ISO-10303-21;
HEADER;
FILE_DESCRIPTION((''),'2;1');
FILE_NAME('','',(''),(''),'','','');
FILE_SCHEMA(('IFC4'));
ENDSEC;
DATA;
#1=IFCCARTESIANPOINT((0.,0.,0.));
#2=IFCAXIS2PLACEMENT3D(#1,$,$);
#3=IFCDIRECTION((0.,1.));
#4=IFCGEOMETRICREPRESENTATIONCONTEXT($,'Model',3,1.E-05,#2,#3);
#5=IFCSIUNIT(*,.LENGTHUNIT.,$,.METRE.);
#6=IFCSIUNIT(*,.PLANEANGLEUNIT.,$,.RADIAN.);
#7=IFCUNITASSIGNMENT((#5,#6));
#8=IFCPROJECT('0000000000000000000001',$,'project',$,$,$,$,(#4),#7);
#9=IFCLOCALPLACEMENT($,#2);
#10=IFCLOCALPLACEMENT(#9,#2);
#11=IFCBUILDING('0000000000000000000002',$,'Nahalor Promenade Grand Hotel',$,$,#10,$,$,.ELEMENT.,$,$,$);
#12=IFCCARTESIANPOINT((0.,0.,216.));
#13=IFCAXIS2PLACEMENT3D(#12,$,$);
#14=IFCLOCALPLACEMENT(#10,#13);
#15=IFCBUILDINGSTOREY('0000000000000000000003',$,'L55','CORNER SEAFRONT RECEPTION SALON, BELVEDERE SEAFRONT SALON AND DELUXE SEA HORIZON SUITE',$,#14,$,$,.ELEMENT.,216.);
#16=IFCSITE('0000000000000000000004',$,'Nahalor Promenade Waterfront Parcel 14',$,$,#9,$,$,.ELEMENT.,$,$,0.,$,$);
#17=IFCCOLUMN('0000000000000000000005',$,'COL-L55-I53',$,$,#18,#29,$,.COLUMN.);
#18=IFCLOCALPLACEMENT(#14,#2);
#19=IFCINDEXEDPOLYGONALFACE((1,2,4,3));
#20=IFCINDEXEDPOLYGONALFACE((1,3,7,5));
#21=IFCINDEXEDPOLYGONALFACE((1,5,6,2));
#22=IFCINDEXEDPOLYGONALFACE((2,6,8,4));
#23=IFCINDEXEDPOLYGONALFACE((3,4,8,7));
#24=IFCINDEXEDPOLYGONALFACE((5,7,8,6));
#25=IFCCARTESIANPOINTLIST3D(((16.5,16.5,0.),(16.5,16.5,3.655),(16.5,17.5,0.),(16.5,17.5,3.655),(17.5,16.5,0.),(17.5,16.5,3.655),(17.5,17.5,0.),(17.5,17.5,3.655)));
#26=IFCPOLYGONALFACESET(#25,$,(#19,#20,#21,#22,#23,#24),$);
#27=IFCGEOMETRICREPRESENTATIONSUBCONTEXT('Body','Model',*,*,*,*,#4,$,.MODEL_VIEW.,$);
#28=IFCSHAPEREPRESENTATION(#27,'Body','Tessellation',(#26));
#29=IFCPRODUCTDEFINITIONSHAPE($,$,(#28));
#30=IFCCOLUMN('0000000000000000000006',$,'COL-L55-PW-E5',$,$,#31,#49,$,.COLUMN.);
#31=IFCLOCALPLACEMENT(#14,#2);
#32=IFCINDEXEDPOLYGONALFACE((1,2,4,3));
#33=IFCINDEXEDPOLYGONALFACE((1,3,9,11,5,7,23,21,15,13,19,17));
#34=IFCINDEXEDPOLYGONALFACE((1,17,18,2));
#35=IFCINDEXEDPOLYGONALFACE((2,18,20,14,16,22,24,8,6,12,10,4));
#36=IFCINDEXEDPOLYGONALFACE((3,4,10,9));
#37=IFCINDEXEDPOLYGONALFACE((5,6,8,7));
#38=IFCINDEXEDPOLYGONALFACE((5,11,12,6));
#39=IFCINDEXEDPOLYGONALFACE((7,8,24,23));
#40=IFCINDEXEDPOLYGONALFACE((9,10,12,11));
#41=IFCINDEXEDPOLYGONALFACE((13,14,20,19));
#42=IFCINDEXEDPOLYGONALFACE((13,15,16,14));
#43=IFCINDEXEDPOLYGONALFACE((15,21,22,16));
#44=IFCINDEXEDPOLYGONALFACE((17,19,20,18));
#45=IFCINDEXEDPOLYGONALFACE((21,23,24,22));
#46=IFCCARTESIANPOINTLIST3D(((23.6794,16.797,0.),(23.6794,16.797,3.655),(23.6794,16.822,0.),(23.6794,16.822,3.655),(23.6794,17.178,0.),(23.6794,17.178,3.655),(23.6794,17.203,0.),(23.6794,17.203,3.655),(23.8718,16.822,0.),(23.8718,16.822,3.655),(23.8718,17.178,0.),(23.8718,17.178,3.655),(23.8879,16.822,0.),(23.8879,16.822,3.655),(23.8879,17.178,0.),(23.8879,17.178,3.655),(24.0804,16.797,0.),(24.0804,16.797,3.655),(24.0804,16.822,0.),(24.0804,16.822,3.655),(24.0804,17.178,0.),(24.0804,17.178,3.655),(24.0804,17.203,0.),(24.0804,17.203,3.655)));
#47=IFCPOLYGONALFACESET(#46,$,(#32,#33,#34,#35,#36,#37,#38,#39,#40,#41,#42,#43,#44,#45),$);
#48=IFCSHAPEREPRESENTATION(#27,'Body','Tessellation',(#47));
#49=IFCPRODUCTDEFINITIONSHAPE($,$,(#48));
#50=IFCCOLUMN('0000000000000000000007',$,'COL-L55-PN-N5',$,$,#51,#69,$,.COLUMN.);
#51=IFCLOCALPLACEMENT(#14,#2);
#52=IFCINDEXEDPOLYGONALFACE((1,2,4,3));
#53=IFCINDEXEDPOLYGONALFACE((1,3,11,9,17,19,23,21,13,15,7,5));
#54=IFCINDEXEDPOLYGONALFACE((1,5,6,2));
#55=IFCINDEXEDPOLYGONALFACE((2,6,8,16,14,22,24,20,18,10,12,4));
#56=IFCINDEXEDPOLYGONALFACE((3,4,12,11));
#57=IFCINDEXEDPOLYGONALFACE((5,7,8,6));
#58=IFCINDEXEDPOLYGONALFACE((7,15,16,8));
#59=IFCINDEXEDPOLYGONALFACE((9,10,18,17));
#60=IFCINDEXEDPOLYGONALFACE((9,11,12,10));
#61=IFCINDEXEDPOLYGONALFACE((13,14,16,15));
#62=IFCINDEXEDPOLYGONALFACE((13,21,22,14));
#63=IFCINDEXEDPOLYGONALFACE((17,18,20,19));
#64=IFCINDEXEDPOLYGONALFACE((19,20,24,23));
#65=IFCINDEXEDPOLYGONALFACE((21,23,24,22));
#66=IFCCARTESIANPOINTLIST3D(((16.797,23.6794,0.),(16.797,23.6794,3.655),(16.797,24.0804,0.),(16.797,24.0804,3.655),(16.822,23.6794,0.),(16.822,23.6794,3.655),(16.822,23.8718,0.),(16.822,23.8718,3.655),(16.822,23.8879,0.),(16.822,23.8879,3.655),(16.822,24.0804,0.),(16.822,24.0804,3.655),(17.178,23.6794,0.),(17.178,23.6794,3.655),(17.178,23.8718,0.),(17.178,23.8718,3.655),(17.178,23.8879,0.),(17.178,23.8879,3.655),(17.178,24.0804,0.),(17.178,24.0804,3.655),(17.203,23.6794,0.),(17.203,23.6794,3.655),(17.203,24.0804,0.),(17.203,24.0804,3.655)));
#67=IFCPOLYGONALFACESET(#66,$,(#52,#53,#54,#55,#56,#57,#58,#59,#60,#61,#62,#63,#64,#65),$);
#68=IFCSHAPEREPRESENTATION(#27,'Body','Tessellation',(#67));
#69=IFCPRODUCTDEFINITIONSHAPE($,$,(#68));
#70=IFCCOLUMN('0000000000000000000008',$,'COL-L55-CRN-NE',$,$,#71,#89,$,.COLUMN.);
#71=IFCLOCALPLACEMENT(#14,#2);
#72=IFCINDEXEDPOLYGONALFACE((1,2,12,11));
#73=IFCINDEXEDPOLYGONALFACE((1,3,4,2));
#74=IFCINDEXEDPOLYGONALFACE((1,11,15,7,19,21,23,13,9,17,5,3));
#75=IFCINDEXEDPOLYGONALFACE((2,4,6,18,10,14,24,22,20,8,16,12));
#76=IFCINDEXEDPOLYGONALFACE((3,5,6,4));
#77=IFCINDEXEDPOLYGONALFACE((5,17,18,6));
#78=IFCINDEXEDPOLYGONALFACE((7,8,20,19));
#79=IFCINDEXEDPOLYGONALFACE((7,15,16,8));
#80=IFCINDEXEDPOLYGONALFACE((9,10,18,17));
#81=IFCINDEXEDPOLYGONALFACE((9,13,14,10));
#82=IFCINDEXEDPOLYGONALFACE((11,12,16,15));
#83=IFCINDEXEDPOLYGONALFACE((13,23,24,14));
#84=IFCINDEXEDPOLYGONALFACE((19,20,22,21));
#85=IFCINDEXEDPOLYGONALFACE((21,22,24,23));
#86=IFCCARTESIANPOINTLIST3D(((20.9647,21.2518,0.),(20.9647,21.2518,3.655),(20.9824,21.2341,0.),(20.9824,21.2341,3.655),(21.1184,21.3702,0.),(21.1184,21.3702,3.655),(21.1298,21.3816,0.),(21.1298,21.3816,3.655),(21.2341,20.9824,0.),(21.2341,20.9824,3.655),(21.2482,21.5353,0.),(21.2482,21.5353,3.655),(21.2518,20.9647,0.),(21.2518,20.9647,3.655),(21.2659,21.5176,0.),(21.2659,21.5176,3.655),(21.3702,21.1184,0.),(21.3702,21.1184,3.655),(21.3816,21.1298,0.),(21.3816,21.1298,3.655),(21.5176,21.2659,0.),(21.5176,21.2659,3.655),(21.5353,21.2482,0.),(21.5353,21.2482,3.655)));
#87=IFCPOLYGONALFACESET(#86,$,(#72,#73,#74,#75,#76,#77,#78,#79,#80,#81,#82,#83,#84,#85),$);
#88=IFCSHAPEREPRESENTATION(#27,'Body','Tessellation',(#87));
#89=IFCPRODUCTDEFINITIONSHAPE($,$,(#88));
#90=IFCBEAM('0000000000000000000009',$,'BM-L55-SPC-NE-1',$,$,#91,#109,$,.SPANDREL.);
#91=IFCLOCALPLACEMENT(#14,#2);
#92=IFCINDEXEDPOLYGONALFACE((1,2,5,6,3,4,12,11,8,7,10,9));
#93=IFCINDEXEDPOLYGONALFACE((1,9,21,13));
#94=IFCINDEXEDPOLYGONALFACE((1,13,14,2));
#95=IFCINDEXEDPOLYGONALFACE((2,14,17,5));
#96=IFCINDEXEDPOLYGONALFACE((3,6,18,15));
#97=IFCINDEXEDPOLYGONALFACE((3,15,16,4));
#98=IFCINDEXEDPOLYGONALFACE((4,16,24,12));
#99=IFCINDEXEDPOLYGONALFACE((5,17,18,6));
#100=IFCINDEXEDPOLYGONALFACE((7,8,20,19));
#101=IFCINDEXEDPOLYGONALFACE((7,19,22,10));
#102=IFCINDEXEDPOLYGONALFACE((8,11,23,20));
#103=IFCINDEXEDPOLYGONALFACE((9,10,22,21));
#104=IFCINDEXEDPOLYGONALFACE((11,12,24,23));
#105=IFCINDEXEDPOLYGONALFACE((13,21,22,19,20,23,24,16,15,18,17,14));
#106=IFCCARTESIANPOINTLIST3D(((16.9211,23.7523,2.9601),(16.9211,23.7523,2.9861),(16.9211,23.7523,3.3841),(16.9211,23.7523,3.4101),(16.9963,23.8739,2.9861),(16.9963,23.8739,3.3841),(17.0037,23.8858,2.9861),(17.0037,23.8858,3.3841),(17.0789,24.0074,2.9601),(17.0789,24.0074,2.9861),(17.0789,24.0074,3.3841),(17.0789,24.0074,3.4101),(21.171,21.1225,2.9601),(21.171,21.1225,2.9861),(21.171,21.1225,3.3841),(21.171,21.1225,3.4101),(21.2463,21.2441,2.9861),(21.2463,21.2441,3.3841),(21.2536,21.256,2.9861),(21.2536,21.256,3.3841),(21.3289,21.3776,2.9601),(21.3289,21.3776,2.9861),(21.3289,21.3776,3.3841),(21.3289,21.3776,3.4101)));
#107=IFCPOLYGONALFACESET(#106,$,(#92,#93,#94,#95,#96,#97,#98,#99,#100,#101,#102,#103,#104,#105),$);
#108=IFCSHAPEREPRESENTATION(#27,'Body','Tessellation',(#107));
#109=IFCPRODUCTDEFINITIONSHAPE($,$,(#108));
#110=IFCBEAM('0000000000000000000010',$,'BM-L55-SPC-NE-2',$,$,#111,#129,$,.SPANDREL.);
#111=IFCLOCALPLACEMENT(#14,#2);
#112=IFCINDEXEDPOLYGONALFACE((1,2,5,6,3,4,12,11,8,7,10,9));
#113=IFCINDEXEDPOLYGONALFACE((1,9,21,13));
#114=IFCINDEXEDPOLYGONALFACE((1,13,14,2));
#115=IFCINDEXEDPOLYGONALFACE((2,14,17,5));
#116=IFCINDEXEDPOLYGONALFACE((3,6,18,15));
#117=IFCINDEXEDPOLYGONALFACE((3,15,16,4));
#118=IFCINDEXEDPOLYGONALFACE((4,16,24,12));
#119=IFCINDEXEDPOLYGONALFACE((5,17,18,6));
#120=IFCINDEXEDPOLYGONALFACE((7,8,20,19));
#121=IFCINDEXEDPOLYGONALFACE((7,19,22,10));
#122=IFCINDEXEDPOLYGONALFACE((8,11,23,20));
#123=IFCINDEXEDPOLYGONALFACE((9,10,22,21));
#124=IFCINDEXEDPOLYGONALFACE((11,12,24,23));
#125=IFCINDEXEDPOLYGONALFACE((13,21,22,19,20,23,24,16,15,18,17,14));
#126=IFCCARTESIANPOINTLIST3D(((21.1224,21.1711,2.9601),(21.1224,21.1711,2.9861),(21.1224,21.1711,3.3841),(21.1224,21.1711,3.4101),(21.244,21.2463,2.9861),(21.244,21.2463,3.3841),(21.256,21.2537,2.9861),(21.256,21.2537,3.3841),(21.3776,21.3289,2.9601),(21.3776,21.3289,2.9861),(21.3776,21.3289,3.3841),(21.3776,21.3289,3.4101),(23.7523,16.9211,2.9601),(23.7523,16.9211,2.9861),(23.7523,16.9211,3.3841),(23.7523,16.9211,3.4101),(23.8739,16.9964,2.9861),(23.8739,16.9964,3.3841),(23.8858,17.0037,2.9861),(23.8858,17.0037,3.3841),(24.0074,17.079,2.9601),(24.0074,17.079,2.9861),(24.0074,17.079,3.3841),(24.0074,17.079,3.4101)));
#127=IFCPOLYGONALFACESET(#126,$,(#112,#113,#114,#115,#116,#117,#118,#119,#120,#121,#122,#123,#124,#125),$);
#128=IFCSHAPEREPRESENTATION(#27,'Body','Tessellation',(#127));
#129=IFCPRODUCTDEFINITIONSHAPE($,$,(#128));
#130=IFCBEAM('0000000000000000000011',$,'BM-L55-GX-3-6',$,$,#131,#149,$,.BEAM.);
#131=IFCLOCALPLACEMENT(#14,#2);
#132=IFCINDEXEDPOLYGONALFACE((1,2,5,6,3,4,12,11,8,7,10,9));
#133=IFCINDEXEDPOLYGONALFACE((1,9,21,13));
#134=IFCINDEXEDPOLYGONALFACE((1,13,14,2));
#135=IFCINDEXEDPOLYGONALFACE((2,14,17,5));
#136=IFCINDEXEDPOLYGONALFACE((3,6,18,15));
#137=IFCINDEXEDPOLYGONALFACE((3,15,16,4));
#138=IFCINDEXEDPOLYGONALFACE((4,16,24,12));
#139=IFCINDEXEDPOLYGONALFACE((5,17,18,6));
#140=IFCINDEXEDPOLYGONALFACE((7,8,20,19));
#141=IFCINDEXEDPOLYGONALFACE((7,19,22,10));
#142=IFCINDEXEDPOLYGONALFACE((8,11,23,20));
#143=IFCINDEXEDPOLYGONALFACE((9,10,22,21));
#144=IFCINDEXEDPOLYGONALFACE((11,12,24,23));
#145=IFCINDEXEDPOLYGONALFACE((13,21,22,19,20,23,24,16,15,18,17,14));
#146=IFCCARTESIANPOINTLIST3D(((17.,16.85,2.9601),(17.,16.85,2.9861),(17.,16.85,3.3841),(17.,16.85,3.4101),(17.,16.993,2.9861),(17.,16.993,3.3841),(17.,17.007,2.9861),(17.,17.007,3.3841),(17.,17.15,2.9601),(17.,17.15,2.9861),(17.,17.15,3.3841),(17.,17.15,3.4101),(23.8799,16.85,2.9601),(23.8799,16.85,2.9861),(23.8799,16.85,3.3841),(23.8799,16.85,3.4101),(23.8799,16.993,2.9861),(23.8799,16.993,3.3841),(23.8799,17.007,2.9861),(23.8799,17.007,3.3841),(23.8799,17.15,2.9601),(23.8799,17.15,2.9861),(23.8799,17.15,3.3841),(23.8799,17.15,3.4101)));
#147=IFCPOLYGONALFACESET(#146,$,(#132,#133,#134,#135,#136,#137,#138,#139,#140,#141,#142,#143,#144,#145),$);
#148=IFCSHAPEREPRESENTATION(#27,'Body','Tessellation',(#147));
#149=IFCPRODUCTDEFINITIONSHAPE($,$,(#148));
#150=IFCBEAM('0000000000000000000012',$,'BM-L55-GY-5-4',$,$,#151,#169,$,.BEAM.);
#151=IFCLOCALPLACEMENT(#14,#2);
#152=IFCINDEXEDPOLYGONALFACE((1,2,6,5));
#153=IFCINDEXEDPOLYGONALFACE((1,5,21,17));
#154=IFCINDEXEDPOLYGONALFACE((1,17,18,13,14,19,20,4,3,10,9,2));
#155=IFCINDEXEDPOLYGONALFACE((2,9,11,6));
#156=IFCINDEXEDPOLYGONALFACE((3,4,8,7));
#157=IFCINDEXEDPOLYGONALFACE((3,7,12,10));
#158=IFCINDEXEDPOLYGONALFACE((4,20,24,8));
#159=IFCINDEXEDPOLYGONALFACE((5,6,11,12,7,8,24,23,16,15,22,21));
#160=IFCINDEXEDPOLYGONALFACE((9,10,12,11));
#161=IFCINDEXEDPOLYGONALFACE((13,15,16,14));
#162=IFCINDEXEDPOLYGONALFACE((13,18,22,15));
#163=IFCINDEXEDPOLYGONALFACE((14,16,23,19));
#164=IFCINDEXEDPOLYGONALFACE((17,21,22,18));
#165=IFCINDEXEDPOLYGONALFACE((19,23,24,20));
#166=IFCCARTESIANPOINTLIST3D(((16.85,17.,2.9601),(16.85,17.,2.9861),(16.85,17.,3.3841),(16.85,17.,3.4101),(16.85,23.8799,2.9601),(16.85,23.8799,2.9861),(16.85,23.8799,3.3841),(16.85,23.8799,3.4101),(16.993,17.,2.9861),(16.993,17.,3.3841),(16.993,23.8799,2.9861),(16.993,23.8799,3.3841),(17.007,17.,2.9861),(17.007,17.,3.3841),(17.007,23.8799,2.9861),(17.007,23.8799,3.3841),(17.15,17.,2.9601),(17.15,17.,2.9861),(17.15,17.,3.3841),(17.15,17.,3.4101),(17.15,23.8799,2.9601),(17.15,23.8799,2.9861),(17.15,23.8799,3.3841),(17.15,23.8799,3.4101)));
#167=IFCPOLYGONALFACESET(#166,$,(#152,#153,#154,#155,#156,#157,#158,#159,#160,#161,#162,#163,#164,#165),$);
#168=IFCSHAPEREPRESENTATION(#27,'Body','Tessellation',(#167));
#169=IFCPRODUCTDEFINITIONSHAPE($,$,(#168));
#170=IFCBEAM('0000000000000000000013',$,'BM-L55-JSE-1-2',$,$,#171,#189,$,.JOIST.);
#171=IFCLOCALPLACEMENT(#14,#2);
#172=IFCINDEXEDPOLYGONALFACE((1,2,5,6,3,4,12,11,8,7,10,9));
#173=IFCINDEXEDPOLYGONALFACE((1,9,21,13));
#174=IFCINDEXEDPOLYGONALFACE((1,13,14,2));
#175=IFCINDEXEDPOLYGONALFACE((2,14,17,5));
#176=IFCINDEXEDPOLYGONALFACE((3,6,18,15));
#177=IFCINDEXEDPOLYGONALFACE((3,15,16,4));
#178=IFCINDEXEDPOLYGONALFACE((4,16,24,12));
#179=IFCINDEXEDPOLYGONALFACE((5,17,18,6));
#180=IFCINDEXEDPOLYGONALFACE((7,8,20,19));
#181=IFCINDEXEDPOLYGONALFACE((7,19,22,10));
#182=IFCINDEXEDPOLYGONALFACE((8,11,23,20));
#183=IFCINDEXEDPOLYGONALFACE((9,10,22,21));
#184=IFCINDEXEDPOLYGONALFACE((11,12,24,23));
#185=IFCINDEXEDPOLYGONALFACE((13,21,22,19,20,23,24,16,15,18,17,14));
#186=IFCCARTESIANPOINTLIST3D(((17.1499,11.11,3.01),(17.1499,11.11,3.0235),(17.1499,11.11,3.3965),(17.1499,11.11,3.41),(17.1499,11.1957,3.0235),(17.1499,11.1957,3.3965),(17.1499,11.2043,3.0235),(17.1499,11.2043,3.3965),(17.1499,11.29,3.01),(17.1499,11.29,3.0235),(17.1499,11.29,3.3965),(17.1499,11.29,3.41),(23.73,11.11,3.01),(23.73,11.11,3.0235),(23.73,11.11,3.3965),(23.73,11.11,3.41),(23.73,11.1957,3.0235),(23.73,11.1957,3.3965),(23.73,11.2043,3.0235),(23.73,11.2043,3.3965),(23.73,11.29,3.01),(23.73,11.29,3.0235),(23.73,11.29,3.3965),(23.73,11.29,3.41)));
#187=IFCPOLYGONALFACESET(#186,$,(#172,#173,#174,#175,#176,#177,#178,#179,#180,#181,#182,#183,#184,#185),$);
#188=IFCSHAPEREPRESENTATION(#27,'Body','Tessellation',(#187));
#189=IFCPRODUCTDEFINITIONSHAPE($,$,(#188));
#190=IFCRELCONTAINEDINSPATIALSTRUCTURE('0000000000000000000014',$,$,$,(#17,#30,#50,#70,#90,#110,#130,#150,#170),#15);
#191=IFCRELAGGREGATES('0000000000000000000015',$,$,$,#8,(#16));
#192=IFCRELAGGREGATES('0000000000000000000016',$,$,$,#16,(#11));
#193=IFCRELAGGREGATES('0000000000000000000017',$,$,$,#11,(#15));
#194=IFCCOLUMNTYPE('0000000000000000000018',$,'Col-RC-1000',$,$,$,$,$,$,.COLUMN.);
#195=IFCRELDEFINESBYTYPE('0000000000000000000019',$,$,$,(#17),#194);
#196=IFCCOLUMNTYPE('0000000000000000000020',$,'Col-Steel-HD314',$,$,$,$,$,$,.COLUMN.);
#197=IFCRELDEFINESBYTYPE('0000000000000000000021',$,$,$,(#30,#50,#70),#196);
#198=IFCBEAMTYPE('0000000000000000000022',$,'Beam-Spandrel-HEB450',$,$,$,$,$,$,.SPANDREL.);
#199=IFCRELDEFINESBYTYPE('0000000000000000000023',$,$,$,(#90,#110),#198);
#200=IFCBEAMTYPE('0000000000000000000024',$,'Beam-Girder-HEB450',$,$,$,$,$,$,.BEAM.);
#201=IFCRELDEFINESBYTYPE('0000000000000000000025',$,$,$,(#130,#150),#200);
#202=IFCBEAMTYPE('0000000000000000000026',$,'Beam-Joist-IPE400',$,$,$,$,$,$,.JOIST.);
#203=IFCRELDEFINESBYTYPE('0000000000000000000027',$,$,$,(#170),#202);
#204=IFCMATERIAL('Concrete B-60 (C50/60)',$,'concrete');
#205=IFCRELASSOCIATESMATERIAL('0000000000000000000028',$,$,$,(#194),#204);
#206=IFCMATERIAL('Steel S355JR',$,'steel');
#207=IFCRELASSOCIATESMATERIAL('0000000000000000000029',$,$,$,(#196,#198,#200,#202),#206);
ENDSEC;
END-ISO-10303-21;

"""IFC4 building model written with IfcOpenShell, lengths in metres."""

from ifc_helpers import new_model, si_unit, direction, frame, origin, origin_2d, place, context, subcontext, project, spatial, rectangle, i_section, extrude, source, transform, mapped, material, material_profile, profile_set, type_object, element, save


model = new_model("IFC4")

# Units and contexts
model_context = context("Model", 3, precision=1e-05, world=origin(), true_north=direction((0.0, 1.0)))
body_context = subcontext(model_context, "Body", "Model", "MODEL_VIEW")
ifc_project = project(units=[si_unit("LENGTHUNIT", "METRE"), si_unit("PLANEANGLEUNIT", "RADIAN")], contexts=[model_context])

# Site, building, storey
site_placement = place(None, origin())
site = spatial("IfcSite", under=ifc_project, at=site_placement, Name="Nahalor Promenade Waterfront Parcel 14", CompositionType="ELEMENT", RefElevation=0.0)
building_placement = place(site_placement, origin())
building = spatial("IfcBuilding", under=site, at=building_placement, Name="Nahalor Promenade Grand Hotel", CompositionType="ELEMENT")
storey_placement = place(building_placement, frame((0.0, 0.0, 216.0)))
storey = spatial("IfcBuildingStorey", under=building, at=storey_placement, Name="L55", Description="CORNER SEAFRONT RECEPTION SALON, BELVEDERE SEAFRONT SALON AND DELUXE SEA HORIZON SUITE", CompositionType="ELEMENT", Elevation=216.0)

# Columns
ifc_material_1 = material(Name="Concrete B-60 (C50/60)", Category="concrete")
ifc_material_profile_1 = material_profile(ifc_material_1, rectangle(XDim=1.0, YDim=1.0, at=origin_2d()), Name="RC 1000x1000")
ifc_profile_set_1 = profile_set([ifc_material_profile_1], Name="Concrete B-60 (C50/60)")
column_type_1 = type_object("IfcColumnType", Name="Col-RC-1000", PredefinedType="COLUMN", material=ifc_profile_set_1)
shared_shape_1 = source(origin(), body_context, "Body", "SweptSolid", [
    extrude(rectangle(XDim=1.0, YDim=1.0, at=origin_2d()), origin(), (0.0, 0.0, 1.0), 3.655),
])
column_placement = place(storey_placement, frame((17.0, 17.0, 0.0), z_axis=(0.0, 0.0, 1.0), x_axis=(1.0, 0.0, 0.0)))
element("IfcColumn", 1, at=column_placement, inside=storey, type_object=column_type_1, Name="COL-L55-I53", PredefinedType="COLUMN", context=body_context, shape_type="MappedRepresentation", body=[
    mapped(shared_shape_1, transform((0.0, 0.0, 0.0), scale=1.0)),
])
ifc_material_2 = material(Name="Steel S355JR", Category="steel")
ifc_material_profile_2 = material_profile(ifc_material_2, i_section(OverallWidth=0.401, OverallDepth=0.406, WebThickness=0.0161, FlangeThickness=0.025, at=origin_2d()), Name="HD 400x314")
ifc_profile_set_2 = profile_set([ifc_material_profile_2], Name="Steel S355JR")
column_type_2 = type_object("IfcColumnType", Name="Col-Steel-HD314", PredefinedType="COLUMN", material=ifc_profile_set_2)
shared_shape_2 = source(origin(), body_context, "Body", "SweptSolid", [
    extrude(i_section(OverallWidth=0.401, OverallDepth=0.406, WebThickness=0.0161, FlangeThickness=0.025, at=origin_2d()), origin(), (0.0, 0.0, 1.0), 3.655),
])
for number, where, z_axis, x_axis, name in (
    (2, (23.8799, 17.0, 0.0), (0.0, 0.0, 1.0), (1.0, 0.0, 0.0), "COL-L55-PW-E5"),
    (3, (17.0, 23.8799, 0.0), (0.0, 0.0, 1.0), (0.0, 1.0, 0.0), "COL-L55-PN-N5"),
    (4, (21.25, 21.25, 0.0), (0.0, 0.0, 1.0), (0.707107, 0.707107, 0.0), "COL-L55-CRN-NE"),
):
    element("IfcColumn", number, at=place(storey_placement, frame(where, z_axis=z_axis, x_axis=x_axis)), inside=storey, type_object=column_type_2, Name=name, PredefinedType="COLUMN", context=body_context, shape_type="MappedRepresentation", body=[
        mapped(shared_shape_2, transform((0.0, 0.0, 0.0), scale=1.0)),
    ])

# Beams
ifc_material_profile_3 = material_profile(ifc_material_2, i_section(OverallWidth=0.3, OverallDepth=0.45, WebThickness=0.014, FlangeThickness=0.026, at=origin_2d()), Name="HEB 450")
ifc_profile_set_3 = profile_set([ifc_material_profile_3], Name="Steel S355JR")
beam_type_1 = type_object("IfcBeamType", Name="Beam-Spandrel-HEB450", PredefinedType="SPANDREL", material=ifc_profile_set_3)
shared_shape_3 = source(origin(), body_context, "Body", "SweptSolid", [
    extrude(i_section(OverallWidth=0.3, OverallDepth=0.45, WebThickness=0.014, FlangeThickness=0.026, at=origin_2d()), origin(), (0.0, 0.0, 1.0), 4.9978),
])
for number, where, z_axis, x_axis, name in (
    (5, (17.0, 23.8799, 3.1851), (0.850361, -0.5262, 0.0), (0.5262, 0.850361, 0.0), "BM-L55-SPC-NE-1"),
    (6, (21.25, 21.25, 3.1851), (0.5262, -0.850361, 0.0), (0.850361, 0.5262, 0.0), "BM-L55-SPC-NE-2"),
):
    element("IfcBeam", number, at=place(storey_placement, frame(where, z_axis=z_axis, x_axis=x_axis)), inside=storey, type_object=beam_type_1, Name=name, PredefinedType="SPANDREL", context=body_context, shape_type="MappedRepresentation", body=[
        mapped(shared_shape_3, transform((0.0, 0.0, 0.0), scale=1.0)),
    ])
ifc_material_profile_4 = material_profile(ifc_material_2, i_section(OverallWidth=0.3, OverallDepth=0.45, WebThickness=0.014, FlangeThickness=0.026, at=origin_2d()), Name="HEB 450")
ifc_profile_set_4 = profile_set([ifc_material_profile_4], Name="Steel S355JR")
beam_type_2 = type_object("IfcBeamType", Name="Beam-Girder-HEB450", PredefinedType="BEAM", material=ifc_profile_set_4)
shared_shape_4 = source(origin(), body_context, "Body", "SweptSolid", [
    extrude(i_section(OverallWidth=0.3, OverallDepth=0.45, WebThickness=0.014, FlangeThickness=0.026, at=origin_2d()), origin(), (0.0, 0.0, 1.0), 6.8799),
])
for number, where, z_axis, x_axis, name in (
    (7, (17.0, 17.0, 3.1851), (1.0, 0.0, 0.0), (0.0, 1.0, 0.0), "BM-L55-GX-3-6"),
    (8, (17.0, 17.0, 3.1851), (0.0, 1.0, 0.0), (-1.0, 0.0, 0.0), "BM-L55-GY-5-4"),
):
    element("IfcBeam", number, at=place(storey_placement, frame(where, z_axis=z_axis, x_axis=x_axis)), inside=storey, type_object=beam_type_2, Name=name, PredefinedType="BEAM", context=body_context, shape_type="MappedRepresentation", body=[
        mapped(shared_shape_4, transform((0.0, 0.0, 0.0), scale=1.0)),
    ])
ifc_material_profile_5 = material_profile(ifc_material_2, i_section(OverallWidth=0.18, OverallDepth=0.4, WebThickness=0.0086, FlangeThickness=0.0135, at=origin_2d()), Name="IPE 400")
ifc_profile_set_5 = profile_set([ifc_material_profile_5], Name="Steel S355JR")
beam_type_3 = type_object("IfcBeamType", Name="Beam-Joist-IPE400", PredefinedType="JOIST", material=ifc_profile_set_5)
shared_shape_5 = source(origin(), body_context, "Body", "SweptSolid", [
    extrude(i_section(OverallWidth=0.18, OverallDepth=0.4, WebThickness=0.0086, FlangeThickness=0.0135, at=origin_2d()), origin(), (0.0, 0.0, 1.0), 6.5801),
])
beam_placement = place(storey_placement, frame((17.1499, 11.2, 3.21), z_axis=(1.0, 0.0, 0.0), x_axis=(0.0, 1.0, 0.0)))
element("IfcBeam", 9, at=beam_placement, inside=storey, type_object=beam_type_3, Name="BM-L55-JSE-1-2", PredefinedType="JOIST", context=body_context, shape_type="MappedRepresentation", body=[
    mapped(shared_shape_5, transform((0.0, 0.0, 0.0), scale=1.0)),
])

save(model, "model.ifc")
